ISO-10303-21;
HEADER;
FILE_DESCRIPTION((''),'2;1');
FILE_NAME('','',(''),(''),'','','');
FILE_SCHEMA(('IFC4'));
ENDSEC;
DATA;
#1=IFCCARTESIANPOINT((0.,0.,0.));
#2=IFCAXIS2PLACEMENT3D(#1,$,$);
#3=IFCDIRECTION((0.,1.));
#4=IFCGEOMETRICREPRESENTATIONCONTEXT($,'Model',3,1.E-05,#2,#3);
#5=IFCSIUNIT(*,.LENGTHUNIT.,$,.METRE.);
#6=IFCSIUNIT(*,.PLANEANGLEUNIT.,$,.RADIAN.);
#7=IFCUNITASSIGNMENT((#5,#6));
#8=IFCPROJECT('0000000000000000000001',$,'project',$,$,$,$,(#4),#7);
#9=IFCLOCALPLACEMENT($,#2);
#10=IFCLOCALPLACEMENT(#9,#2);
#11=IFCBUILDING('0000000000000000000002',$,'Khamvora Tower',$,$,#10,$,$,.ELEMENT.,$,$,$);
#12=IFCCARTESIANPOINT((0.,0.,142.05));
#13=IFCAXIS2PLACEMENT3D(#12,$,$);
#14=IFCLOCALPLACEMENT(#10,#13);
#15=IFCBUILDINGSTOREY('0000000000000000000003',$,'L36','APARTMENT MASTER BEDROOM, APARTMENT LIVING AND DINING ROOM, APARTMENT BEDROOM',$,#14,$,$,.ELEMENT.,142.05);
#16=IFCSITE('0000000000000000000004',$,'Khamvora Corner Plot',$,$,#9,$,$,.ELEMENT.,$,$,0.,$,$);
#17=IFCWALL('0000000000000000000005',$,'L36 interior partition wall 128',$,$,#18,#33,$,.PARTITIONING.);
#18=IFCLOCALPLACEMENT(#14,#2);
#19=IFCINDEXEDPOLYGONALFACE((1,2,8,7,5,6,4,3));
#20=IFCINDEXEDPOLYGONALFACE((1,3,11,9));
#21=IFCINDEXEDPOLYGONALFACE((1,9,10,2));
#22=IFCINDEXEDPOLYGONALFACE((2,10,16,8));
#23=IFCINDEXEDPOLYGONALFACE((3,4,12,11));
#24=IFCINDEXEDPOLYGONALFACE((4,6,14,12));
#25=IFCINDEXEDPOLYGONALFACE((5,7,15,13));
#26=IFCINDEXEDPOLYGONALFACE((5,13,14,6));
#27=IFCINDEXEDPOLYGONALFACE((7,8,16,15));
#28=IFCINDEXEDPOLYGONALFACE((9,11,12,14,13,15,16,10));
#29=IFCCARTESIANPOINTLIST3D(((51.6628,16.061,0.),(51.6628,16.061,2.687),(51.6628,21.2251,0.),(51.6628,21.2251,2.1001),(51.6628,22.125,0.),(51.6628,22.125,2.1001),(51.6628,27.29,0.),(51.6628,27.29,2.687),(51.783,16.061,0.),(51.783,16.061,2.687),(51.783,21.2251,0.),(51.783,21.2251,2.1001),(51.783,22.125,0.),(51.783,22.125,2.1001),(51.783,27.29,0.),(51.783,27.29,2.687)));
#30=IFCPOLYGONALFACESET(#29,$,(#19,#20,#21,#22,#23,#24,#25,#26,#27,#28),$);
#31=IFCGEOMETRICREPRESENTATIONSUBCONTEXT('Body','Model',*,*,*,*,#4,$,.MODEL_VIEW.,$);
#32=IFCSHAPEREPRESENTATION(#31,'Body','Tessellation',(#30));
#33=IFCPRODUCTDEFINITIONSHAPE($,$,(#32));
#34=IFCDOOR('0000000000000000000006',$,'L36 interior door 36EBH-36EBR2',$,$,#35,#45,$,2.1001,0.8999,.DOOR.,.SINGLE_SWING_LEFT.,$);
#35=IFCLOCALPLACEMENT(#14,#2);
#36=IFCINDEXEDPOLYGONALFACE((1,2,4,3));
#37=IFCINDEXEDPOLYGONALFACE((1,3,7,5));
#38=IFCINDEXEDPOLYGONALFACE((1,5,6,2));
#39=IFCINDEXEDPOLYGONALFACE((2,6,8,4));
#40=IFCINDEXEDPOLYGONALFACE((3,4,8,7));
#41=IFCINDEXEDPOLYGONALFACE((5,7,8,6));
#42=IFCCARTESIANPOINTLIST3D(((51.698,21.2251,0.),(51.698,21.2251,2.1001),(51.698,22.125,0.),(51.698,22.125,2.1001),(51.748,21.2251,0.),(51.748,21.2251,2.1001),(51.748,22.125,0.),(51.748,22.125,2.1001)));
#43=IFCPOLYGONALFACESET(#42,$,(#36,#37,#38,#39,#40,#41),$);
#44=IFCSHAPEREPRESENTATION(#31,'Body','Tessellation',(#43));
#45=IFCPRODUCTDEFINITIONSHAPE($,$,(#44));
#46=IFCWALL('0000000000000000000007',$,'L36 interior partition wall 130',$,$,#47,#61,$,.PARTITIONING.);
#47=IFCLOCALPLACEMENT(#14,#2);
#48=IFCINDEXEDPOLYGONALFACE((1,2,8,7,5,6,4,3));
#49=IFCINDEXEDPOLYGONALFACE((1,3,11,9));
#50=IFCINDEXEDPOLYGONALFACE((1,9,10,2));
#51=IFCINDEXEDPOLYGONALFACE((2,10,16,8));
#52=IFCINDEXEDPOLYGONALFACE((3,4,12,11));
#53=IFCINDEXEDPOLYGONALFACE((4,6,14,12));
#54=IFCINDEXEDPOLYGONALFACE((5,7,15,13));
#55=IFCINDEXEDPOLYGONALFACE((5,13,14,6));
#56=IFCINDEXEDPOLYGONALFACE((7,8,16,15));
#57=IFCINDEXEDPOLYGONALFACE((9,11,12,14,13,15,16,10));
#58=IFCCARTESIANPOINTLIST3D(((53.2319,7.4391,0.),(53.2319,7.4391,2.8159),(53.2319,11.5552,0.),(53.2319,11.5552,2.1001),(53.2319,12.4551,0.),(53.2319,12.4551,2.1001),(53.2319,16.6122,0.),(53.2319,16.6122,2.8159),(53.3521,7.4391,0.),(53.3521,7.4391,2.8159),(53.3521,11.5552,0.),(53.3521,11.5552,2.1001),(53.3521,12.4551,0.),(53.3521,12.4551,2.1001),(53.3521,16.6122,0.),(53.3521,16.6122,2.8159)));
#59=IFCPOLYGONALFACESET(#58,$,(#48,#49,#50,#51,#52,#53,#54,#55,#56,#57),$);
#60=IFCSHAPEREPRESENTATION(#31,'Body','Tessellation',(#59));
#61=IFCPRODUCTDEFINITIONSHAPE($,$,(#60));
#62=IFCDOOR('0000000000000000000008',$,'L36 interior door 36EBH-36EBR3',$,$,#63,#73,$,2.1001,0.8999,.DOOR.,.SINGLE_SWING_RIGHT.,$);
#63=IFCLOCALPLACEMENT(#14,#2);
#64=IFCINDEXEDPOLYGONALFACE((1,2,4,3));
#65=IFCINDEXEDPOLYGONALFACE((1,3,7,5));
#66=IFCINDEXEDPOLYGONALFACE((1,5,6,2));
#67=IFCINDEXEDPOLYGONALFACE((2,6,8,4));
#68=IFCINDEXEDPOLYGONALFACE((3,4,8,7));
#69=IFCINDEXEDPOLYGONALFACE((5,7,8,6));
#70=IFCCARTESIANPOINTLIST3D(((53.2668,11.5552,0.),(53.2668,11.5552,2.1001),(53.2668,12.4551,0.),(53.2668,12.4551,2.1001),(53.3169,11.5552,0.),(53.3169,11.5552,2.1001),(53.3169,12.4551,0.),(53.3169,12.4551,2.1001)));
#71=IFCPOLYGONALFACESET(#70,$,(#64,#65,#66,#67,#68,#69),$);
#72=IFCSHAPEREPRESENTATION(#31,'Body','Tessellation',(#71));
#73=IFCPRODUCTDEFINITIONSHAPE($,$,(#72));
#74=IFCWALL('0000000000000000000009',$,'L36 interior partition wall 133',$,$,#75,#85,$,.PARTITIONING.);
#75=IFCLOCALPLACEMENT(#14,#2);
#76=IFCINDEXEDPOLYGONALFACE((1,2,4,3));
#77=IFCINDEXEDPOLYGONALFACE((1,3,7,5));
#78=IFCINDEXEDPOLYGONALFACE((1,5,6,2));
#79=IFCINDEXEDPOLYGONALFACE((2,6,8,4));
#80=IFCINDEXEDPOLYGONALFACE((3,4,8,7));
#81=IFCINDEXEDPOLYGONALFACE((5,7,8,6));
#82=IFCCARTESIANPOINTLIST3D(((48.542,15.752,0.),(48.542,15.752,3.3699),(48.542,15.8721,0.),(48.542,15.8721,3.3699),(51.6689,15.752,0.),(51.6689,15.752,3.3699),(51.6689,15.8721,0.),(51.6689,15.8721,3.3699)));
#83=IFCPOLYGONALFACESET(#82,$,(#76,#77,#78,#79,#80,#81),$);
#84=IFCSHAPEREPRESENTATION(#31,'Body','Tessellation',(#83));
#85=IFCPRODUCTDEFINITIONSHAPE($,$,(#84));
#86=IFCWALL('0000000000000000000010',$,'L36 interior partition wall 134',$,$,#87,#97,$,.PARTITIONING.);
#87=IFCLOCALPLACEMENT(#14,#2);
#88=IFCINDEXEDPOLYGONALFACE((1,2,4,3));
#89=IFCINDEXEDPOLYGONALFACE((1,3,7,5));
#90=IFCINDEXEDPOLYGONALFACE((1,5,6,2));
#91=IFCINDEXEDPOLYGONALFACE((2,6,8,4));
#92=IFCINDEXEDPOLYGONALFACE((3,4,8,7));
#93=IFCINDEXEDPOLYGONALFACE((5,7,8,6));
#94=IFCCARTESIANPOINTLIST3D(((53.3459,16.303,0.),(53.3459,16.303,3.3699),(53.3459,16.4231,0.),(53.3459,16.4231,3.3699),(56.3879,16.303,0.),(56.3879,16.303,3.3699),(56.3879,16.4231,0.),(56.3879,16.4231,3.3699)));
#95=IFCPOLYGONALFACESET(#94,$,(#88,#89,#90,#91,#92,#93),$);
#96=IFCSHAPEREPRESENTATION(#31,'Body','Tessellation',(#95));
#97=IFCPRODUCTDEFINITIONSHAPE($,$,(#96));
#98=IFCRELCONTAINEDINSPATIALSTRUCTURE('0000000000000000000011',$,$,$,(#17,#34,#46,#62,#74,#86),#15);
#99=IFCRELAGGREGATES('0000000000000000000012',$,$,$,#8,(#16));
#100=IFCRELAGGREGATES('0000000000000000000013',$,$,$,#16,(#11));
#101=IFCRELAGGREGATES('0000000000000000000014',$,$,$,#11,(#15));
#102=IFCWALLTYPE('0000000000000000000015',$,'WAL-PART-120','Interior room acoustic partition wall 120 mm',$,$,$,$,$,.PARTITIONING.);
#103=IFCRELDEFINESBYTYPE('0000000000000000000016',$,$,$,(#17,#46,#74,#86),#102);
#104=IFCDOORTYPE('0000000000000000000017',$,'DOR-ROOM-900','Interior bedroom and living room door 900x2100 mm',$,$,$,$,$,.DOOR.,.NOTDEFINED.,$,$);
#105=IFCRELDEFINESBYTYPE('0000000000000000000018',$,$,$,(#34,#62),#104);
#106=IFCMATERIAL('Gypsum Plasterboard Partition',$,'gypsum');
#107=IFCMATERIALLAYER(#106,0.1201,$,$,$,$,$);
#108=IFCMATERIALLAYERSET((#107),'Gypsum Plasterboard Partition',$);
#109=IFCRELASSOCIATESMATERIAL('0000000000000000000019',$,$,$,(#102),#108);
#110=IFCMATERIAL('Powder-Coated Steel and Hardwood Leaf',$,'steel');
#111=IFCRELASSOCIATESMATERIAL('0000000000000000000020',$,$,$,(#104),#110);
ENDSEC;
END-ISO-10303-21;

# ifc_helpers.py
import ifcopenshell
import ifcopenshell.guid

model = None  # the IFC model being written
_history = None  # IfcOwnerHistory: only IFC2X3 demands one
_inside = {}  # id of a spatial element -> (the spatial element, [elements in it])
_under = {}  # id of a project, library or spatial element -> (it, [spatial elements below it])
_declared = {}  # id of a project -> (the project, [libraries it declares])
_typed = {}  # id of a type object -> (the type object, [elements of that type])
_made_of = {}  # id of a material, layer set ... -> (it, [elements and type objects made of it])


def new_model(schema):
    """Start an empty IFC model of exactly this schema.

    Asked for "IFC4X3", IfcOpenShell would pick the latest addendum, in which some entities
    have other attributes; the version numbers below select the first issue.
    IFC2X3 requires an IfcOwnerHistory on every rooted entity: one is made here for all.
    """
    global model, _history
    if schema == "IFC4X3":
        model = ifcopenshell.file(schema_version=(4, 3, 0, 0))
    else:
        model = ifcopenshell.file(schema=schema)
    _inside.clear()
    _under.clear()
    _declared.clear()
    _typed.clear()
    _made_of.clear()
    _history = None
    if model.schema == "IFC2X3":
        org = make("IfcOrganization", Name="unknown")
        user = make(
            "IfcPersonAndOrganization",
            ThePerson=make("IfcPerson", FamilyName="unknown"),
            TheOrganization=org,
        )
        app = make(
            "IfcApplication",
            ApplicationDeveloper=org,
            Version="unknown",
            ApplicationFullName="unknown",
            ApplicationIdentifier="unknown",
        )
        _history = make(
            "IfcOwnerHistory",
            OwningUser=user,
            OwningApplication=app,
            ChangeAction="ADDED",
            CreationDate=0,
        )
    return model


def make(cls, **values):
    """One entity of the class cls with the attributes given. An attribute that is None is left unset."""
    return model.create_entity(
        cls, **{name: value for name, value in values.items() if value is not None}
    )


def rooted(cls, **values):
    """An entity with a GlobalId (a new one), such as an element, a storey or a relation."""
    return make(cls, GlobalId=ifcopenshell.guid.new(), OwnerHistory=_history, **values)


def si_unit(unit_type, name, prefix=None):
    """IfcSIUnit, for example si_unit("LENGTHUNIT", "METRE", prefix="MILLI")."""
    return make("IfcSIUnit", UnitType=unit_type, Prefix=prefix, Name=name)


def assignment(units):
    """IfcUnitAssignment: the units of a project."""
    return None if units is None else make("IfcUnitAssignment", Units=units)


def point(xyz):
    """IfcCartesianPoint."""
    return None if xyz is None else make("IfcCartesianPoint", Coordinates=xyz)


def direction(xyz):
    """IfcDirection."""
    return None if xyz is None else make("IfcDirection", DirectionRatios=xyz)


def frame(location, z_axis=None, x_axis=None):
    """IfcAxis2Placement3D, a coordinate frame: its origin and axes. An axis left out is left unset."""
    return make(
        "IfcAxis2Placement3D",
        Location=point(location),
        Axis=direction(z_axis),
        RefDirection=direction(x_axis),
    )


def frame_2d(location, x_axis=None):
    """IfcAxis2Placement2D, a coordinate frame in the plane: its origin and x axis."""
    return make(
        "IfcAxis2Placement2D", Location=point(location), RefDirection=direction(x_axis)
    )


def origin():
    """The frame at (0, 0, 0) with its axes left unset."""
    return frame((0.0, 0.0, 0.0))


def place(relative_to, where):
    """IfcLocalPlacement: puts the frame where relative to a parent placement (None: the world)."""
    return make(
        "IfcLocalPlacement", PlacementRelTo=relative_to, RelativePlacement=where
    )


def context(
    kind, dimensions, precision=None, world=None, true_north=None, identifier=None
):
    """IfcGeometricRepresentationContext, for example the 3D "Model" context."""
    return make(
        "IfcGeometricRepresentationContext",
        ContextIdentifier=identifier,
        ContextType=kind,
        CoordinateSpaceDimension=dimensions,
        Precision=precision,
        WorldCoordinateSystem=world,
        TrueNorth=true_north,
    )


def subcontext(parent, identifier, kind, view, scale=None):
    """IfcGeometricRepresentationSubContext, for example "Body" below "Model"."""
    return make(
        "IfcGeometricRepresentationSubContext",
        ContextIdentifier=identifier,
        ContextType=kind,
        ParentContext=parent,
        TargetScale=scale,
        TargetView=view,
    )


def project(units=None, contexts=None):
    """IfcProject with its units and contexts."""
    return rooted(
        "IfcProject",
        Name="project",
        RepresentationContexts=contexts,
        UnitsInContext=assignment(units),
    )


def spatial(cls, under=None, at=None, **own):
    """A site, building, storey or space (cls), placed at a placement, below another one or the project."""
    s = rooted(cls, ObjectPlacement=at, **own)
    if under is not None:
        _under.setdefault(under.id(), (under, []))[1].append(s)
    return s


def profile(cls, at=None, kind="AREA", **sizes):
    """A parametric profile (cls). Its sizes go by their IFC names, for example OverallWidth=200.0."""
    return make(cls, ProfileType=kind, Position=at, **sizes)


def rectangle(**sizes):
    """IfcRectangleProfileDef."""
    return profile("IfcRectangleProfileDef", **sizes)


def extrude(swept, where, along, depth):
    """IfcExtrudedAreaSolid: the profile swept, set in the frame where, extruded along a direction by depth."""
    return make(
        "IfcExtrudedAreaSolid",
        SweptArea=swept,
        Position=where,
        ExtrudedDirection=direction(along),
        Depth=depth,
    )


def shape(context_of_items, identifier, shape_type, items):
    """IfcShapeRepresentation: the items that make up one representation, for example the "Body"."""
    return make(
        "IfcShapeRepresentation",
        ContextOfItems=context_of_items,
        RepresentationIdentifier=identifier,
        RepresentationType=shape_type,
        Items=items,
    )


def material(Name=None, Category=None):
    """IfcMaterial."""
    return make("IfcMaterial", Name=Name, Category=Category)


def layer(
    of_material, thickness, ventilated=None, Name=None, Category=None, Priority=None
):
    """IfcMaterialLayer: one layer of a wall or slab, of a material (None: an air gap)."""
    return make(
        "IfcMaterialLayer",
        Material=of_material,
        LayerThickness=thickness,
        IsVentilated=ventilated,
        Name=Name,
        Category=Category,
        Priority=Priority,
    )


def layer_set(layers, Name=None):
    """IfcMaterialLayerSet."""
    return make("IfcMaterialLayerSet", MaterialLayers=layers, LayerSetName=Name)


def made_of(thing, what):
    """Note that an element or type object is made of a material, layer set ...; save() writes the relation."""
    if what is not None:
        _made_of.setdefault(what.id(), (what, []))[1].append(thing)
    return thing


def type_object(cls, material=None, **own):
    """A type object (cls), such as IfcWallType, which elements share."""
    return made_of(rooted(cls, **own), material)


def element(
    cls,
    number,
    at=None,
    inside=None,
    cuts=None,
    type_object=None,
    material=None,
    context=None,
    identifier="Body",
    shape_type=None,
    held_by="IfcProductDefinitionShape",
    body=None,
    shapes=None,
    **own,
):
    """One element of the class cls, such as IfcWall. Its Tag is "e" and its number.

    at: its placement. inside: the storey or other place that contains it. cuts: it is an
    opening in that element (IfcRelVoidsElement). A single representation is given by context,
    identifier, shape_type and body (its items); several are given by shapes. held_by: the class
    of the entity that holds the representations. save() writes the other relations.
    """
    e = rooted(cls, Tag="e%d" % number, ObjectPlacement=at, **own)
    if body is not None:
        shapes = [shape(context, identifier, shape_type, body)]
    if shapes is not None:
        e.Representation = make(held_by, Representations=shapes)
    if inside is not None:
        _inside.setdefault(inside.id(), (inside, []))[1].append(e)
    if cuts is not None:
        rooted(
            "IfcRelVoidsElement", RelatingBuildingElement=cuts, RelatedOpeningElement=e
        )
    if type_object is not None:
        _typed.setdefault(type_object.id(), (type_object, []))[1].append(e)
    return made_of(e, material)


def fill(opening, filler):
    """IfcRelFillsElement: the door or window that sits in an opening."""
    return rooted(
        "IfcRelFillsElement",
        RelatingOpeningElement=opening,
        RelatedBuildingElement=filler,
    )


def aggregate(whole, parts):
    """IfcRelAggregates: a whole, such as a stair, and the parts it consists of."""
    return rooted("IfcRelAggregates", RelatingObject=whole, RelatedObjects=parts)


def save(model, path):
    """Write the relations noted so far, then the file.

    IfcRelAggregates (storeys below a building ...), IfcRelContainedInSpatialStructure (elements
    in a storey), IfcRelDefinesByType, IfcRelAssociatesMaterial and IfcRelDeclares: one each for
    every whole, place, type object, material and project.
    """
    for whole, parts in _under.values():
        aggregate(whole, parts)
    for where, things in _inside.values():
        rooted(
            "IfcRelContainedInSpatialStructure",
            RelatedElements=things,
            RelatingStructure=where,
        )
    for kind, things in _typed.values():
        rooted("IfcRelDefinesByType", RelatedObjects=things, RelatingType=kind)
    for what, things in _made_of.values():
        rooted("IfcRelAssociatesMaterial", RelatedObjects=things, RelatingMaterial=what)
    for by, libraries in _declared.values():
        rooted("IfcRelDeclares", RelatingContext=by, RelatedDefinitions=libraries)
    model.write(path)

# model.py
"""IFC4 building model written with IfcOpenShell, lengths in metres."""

from ifc_helpers import new_model, si_unit, direction, frame, frame_2d, origin, place, context, subcontext, project, spatial, rectangle, extrude, material, layer, layer_set, type_object, element, fill, save


model = new_model("IFC4")

# Units and contexts
model_context = context("Model", 3, precision=1e-05, world=origin(), true_north=direction((0.0, 1.0)))
body_context = subcontext(model_context, "Body", "Model", "MODEL_VIEW")
ifc_project = project(units=[si_unit("LENGTHUNIT", "METRE"), si_unit("PLANEANGLEUNIT", "RADIAN")], contexts=[model_context])

# Site, building, storey
site_placement = place(None, origin())
site = spatial("IfcSite", under=ifc_project, at=site_placement, Name="Khamvora Corner Plot", CompositionType="ELEMENT", RefElevation=0.0)
building_placement = place(site_placement, origin())
building = spatial("IfcBuilding", under=site, at=building_placement, Name="Khamvora Tower", CompositionType="ELEMENT")
storey_placement = place(building_placement, frame((0.0, 0.0, 142.05)))
storey = spatial("IfcBuildingStorey", under=building, at=storey_placement, Name="L36", Description="APARTMENT MASTER BEDROOM, APARTMENT LIVING AND DINING ROOM, APARTMENT BEDROOM", CompositionType="ELEMENT", Elevation=142.05)

# Walls, openings, doors
ifc_material_1 = material(Name="Gypsum Plasterboard Partition", Category="gypsum")
ifc_layer_1 = layer(ifc_material_1, 0.1201)
ifc_layer_set_1 = layer_set([ifc_layer_1], Name="Gypsum Plasterboard Partition")
wall_type_1 = type_object("IfcWallType", Name="WAL-PART-120", Description="Interior room acoustic partition wall 120 mm", PredefinedType="PARTITIONING", material=ifc_layer_set_1)
ifc_material_2 = material(Name="Powder-Coated Steel and Hardwood Leaf", Category="steel")
door_type = type_object("IfcDoorType", Name="DOR-ROOM-900", Description="Interior bedroom and living room door 900x2100 mm", OperationType="NOTDEFINED", PredefinedType="DOOR", material=ifc_material_2)
wall_1_placement = place(storey_placement, frame((51.7229, 16.061, 0.0), z_axis=(0.0, 0.0, 1.0), x_axis=(0.0, 1.0, 0.0)))
wall_1 = element("IfcWall", 1, at=wall_1_placement, inside=storey, type_object=wall_type_1, Name="L36 interior partition wall 128", PredefinedType="PARTITIONING", context=body_context, shape_type="SweptSolid", body=[
    extrude(rectangle(XDim=11.229, YDim=0.1201, at=frame_2d((5.6145, 0.0))), origin(), (0.0, 0.0, 1.0), 2.687),
])
opening_1_placement = place(wall_1_placement, frame((5.1641, 0.0, 0.0)))
opening_1 = element("IfcOpeningElement", 2, at=opening_1_placement, cuts=wall_1, PredefinedType="OPENING", context=body_context, shape_type="SweptSolid", body=[
    extrude(rectangle(XDim=0.8999, YDim=2.1001, at=frame_2d((0.45, 1.05))), frame((0.0, 0.0701, 0.0), z_axis=(0.0, -1.0, 0.0), x_axis=(1.0, 0.0, 0.0)), (0.0, 0.0, 1.0), 0.1401),
])
door_1_placement = place(opening_1_placement, origin())
door_1 = element("IfcDoor", 3, at=door_1_placement, inside=storey, type_object=door_type, Name="L36 interior door 36EBH-36EBR2", OperationType="SINGLE_SWING_LEFT", OverallHeight=2.1001, OverallWidth=0.8999, PredefinedType="DOOR", context=body_context, shape_type="SweptSolid", body=[
    extrude(rectangle(XDim=0.8999, YDim=2.1001, at=frame_2d((0.45, 1.05))), frame((0.0, 0.0249, 0.0), z_axis=(0.0, -1.0, 0.0), x_axis=(1.0, 0.0, 0.0)), (0.0, 0.0, 1.0), 0.05),
])
fill(opening_1, door_1)
wall_2_placement = place(storey_placement, frame((53.292, 16.6121, 0.0), z_axis=(0.0, 0.0, 1.0), x_axis=(0.0, -1.0, 0.0)))
wall_2 = element("IfcWall", 4, at=wall_2_placement, inside=storey, type_object=wall_type_1, Name="L36 interior partition wall 130", PredefinedType="PARTITIONING", context=body_context, shape_type="SweptSolid", body=[
    extrude(rectangle(XDim=9.1731, YDim=0.1201, at=frame_2d((4.5864, 0.0))), origin(), (0.0, 0.0, 1.0), 2.8159),
])
opening_2_placement = place(wall_2_placement, frame((4.157, 0.0, 0.0)))
opening_2 = element("IfcOpeningElement", 5, at=opening_2_placement, cuts=wall_2, PredefinedType="OPENING", context=body_context, shape_type="SweptSolid", body=[
    extrude(rectangle(XDim=0.8999, YDim=2.1001, at=frame_2d((0.45, 1.05))), frame((0.0, 0.0701, 0.0), z_axis=(0.0, -1.0, 0.0), x_axis=(1.0, 0.0, 0.0)), (0.0, 0.0, 1.0), 0.1401),
])
door_2_placement = place(opening_2_placement, origin())
door_2 = element("IfcDoor", 6, at=door_2_placement, inside=storey, type_object=door_type, Name="L36 interior door 36EBH-36EBR3", OperationType="SINGLE_SWING_RIGHT", OverallHeight=2.1001, OverallWidth=0.8999, PredefinedType="DOOR", context=body_context, shape_type="SweptSolid", body=[
    extrude(rectangle(XDim=0.8999, YDim=2.1001, at=frame_2d((0.45, 1.05))), frame((0.0, 0.0249, 0.0), z_axis=(0.0, -1.0, 0.0), x_axis=(1.0, 0.0, 0.0)), (0.0, 0.0, 1.0), 0.05),
])
fill(opening_2, door_2)

# Walls
wall_3_placement = place(storey_placement, frame((48.542, 15.812, 0.0), z_axis=(0.0, 0.0, 1.0), x_axis=(1.0, 0.0, 0.0)))
element("IfcWall", 7, at=wall_3_placement, inside=storey, type_object=wall_type_1, Name="L36 interior partition wall 133", PredefinedType="PARTITIONING", context=body_context, shape_type="SweptSolid", body=[
    extrude(rectangle(XDim=3.127, YDim=0.1201, at=frame_2d((1.5635, 0.0))), origin(), (0.0, 0.0, 1.0), 3.3699),
])
wall_4_placement = place(storey_placement, frame((53.3459, 16.363, 0.0), z_axis=(0.0, 0.0, 1.0), x_axis=(1.0, 0.0, 0.0)))
element("IfcWall", 8, at=wall_4_placement, inside=storey, type_object=wall_type_1, Name="L36 interior partition wall 134", PredefinedType="PARTITIONING", context=body_context, shape_type="SweptSolid", body=[
    extrude(rectangle(XDim=3.042, YDim=0.1201, at=frame_2d((1.521, 0.0))), origin(), (0.0, 0.0, 1.0), 3.3699),
])

save(model, "model.ifc")
